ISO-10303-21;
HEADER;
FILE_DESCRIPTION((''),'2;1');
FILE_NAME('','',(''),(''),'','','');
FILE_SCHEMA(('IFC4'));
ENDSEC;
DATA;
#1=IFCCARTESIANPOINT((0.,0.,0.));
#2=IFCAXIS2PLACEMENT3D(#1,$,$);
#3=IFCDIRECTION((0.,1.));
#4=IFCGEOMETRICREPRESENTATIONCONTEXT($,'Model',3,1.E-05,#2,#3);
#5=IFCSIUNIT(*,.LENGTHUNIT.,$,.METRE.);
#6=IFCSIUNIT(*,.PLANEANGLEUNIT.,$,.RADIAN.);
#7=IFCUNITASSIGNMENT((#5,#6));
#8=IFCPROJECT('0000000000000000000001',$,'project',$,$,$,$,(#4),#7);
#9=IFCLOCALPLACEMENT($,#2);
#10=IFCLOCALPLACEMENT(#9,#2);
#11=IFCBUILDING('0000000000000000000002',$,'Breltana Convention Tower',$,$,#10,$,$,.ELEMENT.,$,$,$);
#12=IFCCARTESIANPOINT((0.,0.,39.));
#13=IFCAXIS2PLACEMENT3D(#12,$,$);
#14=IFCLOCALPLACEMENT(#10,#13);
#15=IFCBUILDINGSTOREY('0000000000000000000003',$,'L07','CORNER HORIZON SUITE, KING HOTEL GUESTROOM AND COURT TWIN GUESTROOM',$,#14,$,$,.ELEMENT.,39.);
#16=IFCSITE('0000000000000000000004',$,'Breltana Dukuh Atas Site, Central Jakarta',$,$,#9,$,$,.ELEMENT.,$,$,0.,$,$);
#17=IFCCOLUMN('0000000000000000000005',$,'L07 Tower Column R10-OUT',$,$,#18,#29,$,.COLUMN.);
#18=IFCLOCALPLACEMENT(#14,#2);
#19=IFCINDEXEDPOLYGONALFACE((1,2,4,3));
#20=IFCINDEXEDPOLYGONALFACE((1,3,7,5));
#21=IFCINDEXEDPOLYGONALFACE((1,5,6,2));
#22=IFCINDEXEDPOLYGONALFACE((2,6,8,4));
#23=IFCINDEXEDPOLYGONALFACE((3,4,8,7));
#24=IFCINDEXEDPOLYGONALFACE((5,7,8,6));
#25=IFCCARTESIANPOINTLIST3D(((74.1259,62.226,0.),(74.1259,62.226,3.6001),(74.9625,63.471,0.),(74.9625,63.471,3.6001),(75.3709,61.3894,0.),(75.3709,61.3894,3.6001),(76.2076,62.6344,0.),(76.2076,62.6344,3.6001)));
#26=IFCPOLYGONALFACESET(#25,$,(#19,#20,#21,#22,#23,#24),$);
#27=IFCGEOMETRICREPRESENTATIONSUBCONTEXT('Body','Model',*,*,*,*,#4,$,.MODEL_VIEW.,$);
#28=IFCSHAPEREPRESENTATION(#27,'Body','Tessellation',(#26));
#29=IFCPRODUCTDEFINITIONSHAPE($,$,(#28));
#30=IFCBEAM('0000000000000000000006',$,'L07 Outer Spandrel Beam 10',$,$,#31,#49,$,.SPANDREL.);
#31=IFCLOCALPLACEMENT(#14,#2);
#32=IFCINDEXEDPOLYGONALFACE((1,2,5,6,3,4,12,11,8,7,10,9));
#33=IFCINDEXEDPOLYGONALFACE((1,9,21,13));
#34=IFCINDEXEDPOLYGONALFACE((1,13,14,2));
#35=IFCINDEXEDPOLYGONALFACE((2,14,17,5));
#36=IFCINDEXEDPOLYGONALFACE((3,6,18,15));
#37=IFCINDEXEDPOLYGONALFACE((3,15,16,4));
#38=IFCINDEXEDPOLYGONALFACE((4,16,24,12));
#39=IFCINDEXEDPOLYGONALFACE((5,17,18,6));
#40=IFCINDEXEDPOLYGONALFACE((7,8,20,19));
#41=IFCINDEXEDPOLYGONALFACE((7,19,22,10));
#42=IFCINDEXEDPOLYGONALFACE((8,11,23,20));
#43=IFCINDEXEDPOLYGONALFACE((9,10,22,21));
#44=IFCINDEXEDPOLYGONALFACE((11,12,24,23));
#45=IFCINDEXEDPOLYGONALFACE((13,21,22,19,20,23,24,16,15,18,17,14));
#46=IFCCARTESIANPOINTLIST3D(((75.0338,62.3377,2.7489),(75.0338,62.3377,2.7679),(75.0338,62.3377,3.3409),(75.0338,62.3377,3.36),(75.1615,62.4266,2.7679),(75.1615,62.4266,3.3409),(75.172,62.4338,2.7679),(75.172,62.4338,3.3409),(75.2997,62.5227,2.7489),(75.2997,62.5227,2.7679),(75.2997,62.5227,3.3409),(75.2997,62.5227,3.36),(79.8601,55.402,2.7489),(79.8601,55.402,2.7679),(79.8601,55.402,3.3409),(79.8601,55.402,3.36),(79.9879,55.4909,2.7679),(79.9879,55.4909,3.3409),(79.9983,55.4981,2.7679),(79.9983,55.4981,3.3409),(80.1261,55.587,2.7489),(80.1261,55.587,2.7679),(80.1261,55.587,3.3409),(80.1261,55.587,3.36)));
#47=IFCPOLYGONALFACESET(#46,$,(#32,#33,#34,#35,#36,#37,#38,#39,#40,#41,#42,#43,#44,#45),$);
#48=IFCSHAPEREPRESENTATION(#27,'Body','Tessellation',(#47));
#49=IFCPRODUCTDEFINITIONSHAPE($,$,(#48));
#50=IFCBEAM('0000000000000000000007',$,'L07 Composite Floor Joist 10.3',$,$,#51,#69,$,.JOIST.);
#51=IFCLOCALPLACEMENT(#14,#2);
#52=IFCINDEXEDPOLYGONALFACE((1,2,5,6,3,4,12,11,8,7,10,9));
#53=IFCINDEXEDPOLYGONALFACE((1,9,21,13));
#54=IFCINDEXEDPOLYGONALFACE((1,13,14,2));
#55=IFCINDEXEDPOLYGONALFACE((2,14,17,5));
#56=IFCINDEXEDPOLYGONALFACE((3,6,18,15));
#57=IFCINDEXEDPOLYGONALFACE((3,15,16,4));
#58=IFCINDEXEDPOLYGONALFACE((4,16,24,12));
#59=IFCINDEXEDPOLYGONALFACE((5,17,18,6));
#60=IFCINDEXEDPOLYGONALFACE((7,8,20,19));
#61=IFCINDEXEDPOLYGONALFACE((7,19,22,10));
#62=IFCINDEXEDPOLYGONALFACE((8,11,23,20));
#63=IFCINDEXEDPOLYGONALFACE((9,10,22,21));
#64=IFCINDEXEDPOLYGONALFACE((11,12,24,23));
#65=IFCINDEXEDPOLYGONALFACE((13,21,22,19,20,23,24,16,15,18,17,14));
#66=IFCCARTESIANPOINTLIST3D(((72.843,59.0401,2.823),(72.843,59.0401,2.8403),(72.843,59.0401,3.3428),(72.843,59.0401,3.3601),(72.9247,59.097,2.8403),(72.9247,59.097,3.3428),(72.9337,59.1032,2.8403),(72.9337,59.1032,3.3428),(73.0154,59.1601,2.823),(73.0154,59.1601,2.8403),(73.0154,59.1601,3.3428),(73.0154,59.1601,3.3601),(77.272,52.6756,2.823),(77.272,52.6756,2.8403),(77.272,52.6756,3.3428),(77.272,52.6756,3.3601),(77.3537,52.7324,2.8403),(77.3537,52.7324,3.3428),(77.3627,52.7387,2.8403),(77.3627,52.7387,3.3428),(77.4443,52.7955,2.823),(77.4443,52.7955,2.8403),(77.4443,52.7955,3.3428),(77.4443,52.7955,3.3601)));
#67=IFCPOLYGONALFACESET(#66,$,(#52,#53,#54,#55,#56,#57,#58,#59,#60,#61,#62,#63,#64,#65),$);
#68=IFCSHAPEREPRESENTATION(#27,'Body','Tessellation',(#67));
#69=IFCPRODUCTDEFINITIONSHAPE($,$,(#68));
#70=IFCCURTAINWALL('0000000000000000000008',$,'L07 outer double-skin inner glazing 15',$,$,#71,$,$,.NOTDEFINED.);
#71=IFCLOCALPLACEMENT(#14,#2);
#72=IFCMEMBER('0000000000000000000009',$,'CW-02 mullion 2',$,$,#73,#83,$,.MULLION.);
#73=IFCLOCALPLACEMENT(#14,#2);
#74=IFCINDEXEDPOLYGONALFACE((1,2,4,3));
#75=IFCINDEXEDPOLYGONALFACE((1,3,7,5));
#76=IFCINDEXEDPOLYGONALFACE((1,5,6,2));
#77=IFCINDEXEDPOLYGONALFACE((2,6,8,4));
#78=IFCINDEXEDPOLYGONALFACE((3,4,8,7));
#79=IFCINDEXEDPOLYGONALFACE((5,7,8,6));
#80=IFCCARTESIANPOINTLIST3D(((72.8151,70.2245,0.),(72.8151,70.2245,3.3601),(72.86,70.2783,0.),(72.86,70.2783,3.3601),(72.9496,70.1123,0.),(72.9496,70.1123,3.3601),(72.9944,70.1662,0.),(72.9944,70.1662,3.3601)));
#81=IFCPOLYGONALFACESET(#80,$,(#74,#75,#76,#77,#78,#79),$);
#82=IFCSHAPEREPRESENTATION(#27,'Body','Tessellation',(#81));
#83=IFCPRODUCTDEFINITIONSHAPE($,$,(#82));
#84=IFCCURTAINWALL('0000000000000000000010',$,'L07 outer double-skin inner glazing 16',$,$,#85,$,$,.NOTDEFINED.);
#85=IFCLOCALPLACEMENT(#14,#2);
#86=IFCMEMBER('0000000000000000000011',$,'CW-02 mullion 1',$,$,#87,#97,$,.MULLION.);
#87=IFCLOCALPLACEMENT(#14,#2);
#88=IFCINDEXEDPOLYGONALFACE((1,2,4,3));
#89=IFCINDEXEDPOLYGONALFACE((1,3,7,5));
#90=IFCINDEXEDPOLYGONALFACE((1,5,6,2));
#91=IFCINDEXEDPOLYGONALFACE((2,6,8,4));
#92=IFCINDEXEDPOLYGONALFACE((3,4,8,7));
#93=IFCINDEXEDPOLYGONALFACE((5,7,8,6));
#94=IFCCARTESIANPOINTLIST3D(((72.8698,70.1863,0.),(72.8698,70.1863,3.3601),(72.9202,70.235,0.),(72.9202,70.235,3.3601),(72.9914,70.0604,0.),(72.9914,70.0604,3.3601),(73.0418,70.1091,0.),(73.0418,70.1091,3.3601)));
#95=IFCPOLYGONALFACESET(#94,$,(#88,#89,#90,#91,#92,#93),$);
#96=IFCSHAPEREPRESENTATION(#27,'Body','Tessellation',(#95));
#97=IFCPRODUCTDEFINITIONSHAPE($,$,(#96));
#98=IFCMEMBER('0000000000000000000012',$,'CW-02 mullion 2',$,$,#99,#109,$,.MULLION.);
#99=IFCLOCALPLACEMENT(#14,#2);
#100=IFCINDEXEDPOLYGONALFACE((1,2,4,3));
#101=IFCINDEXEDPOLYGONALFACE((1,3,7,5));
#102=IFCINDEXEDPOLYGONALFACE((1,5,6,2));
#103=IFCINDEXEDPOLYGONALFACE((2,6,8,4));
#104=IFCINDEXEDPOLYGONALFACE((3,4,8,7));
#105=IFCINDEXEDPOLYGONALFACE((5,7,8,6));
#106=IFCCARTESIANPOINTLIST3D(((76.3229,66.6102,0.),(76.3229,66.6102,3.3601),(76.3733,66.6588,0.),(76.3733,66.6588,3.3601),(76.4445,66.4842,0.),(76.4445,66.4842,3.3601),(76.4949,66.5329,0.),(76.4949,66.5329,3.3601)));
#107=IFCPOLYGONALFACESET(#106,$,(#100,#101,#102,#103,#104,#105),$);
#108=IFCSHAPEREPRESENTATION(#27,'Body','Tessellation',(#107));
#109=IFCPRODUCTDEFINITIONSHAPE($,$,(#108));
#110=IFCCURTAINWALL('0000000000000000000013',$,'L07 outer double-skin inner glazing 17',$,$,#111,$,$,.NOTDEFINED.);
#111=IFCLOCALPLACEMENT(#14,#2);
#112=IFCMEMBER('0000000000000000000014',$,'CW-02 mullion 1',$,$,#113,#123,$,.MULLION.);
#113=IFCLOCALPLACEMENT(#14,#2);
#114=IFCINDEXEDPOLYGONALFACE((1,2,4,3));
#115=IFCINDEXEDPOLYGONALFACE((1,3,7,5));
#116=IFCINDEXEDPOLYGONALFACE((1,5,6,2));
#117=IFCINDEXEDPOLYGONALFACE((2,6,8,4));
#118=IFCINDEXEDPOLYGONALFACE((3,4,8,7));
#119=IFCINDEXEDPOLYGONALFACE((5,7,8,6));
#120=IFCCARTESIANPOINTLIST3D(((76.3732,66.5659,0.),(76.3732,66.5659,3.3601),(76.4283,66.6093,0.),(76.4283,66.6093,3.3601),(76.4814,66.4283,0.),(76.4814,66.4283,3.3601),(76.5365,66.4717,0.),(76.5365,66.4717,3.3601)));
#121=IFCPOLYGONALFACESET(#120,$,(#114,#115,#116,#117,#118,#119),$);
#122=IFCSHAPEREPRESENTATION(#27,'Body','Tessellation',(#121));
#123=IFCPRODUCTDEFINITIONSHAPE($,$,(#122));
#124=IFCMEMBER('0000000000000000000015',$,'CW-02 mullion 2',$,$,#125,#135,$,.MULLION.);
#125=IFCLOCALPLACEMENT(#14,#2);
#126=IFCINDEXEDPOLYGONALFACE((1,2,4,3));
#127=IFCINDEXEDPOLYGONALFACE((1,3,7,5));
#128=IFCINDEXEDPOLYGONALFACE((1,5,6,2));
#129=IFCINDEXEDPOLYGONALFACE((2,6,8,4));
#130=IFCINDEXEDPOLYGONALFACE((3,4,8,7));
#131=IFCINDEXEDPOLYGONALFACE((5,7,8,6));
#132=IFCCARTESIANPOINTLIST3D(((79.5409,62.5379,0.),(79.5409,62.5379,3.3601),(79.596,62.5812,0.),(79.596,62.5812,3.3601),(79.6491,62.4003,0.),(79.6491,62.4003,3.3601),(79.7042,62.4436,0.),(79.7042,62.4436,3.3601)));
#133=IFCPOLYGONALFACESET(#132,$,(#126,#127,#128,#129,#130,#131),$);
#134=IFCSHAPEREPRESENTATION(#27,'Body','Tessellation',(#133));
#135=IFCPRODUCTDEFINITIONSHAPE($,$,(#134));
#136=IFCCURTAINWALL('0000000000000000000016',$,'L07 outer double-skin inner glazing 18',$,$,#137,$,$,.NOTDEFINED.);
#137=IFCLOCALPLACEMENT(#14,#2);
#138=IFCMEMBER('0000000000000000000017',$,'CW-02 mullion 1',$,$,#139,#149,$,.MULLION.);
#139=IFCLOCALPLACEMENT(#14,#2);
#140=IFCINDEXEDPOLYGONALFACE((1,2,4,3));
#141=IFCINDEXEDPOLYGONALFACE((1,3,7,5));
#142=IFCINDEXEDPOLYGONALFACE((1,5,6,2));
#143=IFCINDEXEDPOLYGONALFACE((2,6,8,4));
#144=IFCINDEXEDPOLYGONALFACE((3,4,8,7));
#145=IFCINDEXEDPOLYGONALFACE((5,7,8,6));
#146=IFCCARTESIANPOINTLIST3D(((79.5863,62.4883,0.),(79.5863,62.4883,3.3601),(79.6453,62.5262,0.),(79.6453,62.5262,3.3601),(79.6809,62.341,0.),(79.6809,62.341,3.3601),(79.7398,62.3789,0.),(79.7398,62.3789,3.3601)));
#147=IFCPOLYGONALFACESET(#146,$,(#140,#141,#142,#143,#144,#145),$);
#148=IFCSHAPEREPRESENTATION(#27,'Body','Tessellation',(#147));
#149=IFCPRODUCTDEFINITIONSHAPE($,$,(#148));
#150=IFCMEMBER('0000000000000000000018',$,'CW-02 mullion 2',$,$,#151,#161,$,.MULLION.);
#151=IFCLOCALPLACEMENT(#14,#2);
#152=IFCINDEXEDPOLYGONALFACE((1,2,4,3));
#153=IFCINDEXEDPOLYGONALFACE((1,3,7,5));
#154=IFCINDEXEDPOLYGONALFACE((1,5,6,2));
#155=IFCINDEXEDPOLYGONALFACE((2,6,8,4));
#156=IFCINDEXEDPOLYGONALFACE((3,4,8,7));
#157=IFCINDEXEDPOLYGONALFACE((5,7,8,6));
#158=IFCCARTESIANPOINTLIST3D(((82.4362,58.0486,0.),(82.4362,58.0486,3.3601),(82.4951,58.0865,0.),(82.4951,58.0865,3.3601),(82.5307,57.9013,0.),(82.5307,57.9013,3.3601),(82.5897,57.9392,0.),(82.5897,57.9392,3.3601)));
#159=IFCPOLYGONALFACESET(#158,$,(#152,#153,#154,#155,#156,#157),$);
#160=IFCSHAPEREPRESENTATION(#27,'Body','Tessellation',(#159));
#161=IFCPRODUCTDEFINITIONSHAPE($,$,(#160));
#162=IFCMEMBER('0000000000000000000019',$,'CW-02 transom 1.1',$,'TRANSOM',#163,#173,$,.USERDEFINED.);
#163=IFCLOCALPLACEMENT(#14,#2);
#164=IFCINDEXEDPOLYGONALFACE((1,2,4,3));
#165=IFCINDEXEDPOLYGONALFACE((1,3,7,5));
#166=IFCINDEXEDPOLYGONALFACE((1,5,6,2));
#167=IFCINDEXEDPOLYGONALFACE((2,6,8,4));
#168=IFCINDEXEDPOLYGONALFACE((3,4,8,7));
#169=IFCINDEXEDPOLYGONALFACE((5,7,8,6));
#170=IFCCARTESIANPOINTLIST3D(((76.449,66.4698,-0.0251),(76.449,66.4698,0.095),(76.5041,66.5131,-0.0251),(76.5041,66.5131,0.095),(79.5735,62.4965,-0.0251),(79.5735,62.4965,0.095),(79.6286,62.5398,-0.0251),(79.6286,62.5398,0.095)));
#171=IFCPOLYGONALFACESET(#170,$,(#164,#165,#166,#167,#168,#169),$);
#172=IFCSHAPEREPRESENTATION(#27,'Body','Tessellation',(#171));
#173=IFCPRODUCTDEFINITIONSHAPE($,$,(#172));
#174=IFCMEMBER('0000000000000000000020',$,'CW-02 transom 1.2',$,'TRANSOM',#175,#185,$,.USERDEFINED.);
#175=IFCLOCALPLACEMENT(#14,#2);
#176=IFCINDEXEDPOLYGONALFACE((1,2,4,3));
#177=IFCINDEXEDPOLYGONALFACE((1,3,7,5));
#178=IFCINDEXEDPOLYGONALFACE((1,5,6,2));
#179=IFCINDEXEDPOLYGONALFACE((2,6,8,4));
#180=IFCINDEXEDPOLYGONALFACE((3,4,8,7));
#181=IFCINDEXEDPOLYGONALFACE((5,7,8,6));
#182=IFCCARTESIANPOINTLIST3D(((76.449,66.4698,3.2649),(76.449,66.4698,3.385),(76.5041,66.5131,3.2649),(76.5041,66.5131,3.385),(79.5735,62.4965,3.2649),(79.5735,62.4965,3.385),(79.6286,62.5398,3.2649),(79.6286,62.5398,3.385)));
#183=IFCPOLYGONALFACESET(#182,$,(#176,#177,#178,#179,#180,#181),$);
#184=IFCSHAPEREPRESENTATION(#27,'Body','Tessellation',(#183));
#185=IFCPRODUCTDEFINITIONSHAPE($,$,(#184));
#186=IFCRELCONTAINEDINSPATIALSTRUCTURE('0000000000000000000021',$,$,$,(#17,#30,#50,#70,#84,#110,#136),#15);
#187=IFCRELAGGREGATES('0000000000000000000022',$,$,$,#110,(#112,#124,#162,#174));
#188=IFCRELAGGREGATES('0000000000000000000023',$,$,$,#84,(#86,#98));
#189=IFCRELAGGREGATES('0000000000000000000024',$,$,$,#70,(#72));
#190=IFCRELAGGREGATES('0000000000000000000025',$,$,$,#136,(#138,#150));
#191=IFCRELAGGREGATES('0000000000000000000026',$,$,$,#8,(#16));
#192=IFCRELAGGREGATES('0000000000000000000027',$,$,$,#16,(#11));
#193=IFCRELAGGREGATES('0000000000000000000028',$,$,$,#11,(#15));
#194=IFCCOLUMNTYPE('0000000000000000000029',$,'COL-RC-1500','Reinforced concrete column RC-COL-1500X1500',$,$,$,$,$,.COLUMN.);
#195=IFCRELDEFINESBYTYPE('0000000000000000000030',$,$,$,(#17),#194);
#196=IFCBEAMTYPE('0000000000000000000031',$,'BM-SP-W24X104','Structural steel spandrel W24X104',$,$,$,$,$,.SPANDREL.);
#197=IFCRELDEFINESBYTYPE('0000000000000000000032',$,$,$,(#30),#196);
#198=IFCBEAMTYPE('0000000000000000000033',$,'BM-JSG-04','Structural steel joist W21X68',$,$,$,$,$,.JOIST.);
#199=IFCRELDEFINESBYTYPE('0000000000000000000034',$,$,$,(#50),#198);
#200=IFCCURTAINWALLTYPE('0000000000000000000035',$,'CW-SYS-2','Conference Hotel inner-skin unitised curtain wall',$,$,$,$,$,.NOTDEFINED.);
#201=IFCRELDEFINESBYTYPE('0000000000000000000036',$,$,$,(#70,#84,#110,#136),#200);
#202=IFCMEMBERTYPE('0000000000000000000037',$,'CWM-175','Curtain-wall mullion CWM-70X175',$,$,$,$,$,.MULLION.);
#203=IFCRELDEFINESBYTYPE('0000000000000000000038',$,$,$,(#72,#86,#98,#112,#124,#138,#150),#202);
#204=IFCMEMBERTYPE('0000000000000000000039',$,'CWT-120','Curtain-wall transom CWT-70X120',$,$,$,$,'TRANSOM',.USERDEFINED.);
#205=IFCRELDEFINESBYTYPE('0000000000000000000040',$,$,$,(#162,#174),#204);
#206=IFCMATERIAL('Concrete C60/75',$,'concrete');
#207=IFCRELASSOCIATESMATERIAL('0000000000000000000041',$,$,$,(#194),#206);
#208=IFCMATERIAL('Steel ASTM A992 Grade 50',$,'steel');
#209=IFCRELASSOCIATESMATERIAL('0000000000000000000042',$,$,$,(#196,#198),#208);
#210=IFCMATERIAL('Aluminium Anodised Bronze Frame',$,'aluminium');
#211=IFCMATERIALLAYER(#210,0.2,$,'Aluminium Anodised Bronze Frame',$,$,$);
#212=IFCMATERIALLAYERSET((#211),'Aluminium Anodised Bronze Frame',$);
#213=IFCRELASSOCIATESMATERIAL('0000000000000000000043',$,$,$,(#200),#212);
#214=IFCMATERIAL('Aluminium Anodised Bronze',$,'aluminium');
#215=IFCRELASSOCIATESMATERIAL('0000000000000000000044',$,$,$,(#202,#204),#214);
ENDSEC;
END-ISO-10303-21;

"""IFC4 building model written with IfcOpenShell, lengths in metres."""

from ifc_helpers import new_model, si_unit, direction, frame, origin, origin_2d, place, context, subcontext, project, spatial, rectangle, i_section, extrude, source, transform, mapped, material, layer, layer_set, material_profile, profile_set, type_object, type_shapes, element, aggregate, save


model = new_model("IFC4")

# Units and contexts
model_context = context("Model", 3, precision=1e-05, world=origin(), true_north=direction((0.0, 1.0)))
body_context = subcontext(model_context, "Body", "Model", "MODEL_VIEW")
ifc_project = project(units=[si_unit("LENGTHUNIT", "METRE"), si_unit("PLANEANGLEUNIT", "RADIAN")], contexts=[model_context])

# Site, building, storey
site_placement = place(None, origin())
site = spatial("IfcSite", under=ifc_project, at=site_placement, Name="Breltana Dukuh Atas Site, Central Jakarta", CompositionType="ELEMENT", RefElevation=0.0)
building_placement = place(site_placement, origin())
building = spatial("IfcBuilding", under=site, at=building_placement, Name="Breltana Convention Tower", CompositionType="ELEMENT")
storey_placement = place(building_placement, frame((0.0, 0.0, 39.0)))
storey = spatial("IfcBuildingStorey", under=building, at=storey_placement, Name="L07", Description="CORNER HORIZON SUITE, KING HOTEL GUESTROOM AND COURT TWIN GUESTROOM", CompositionType="ELEMENT", Elevation=39.0)

# Column
ifc_material_1 = material(Name="Concrete C60/75", Category="concrete")
ifc_material_profile_1 = material_profile(ifc_material_1, rectangle(XDim=1.5, YDim=1.5, at=origin_2d()), Name="RC-COL-1500X1500")
ifc_profile_set_1 = profile_set([ifc_material_profile_1], Name="Concrete C60/75")
column_type = type_object("IfcColumnType", Name="COL-RC-1500", Description="Reinforced concrete column RC-COL-1500X1500", PredefinedType="COLUMN", material=ifc_profile_set_1)
shared_shape_1 = source(origin(), body_context, "Body", "SweptSolid", [
    extrude(rectangle(XDim=1.5, YDim=1.5, at=origin_2d()), origin(), (0.0, 0.0, 1.0), 3.6001),
])
column_placement = place(storey_placement, frame((75.1667, 62.4302, 0.0), z_axis=(0.0, 0.0, 1.0), x_axis=(0.557745, 0.830012, 0.0)))
element("IfcColumn", 1, at=column_placement, inside=storey, type_object=column_type, Name="L07 Tower Column R10-OUT", PredefinedType="COLUMN", context=body_context, shape_type="MappedRepresentation", body=[
    mapped(shared_shape_1, transform((0.0, 0.0, 0.0), scale=1.0)),
])

# Beams
ifc_material_2 = material(Name="Steel ASTM A992 Grade 50", Category="steel")
ifc_material_profile_2 = material_profile(ifc_material_2, i_section(OverallWidth=0.324, OverallDepth=0.6111, WebThickness=0.0127, FlangeThickness=0.019, at=origin_2d()), Name="W24X104")
ifc_profile_set_2 = profile_set([ifc_material_profile_2], Name="Steel ASTM A992 Grade 50")
beam_type_1 = type_object("IfcBeamType", Name="BM-SP-W24X104", Description="Structural steel spandrel W24X104", PredefinedType="SPANDREL", material=ifc_profile_set_2)
shared_shape_2 = source(origin(), body_context, "Body", "SweptSolid", [
    extrude(i_section(OverallWidth=0.324, OverallDepth=0.6111, WebThickness=0.0127, FlangeThickness=0.019, at=origin_2d()), origin(), (0.0, 0.0, 1.0), 8.4497),
])
beam_1_placement = place(storey_placement, frame((75.1667, 62.4302, 3.0544), z_axis=(0.571186, -0.820821, 0.0), x_axis=(0.820821, 0.571186, 0.0)))
element("IfcBeam", 2, at=beam_1_placement, inside=storey, type_object=beam_type_1, Name="L07 Outer Spandrel Beam 10", PredefinedType="SPANDREL", context=body_context, shape_type="MappedRepresentation", body=[
    mapped(shared_shape_2, transform((0.0, 0.0, 0.0), scale=1.0)),
])
ifc_material_profile_3 = material_profile(ifc_material_2, i_section(OverallWidth=0.21, OverallDepth=0.5371, WebThickness=0.011, FlangeThickness=0.0173, at=origin_2d()), Name="W21X68")
ifc_profile_set_3 = profile_set([ifc_material_profile_3], Name="Steel ASTM A992 Grade 50")
beam_type_2 = type_object("IfcBeamType", Name="BM-JSG-04", Description="Structural steel joist W21X68", PredefinedType="JOIST", material=ifc_profile_set_3)
shared_shape_3 = source(origin(), body_context, "Body", "SweptSolid", [
    extrude(i_section(OverallWidth=0.21, OverallDepth=0.5371, WebThickness=0.011, FlangeThickness=0.0173, at=origin_2d()), origin(), (0.0, 0.0, 1.0), 7.7539),
])
beam_2_placement = place(storey_placement, frame((72.9292, 59.1001, 3.0916), z_axis=(0.571193, -0.820816, 0.0), x_axis=(0.820816, 0.571193, 0.0)))
element("IfcBeam", 3, at=beam_2_placement, inside=storey, type_object=beam_type_2, Name="L07 Composite Floor Joist 10.3", PredefinedType="JOIST", context=body_context, shape_type="MappedRepresentation", body=[
    mapped(shared_shape_3, transform((0.0, 0.0, 0.0), scale=1.0)),
])

# Curtain wall, member
ifc_material_3 = material(Name="Aluminium Anodised Bronze Frame", Category="aluminium")
ifc_layer_1 = layer(ifc_material_3, 0.2, Name="Aluminium Anodised Bronze Frame")
ifc_layer_set_1 = layer_set([ifc_layer_1], Name="Aluminium Anodised Bronze Frame")
curtain_wall_type = type_object("IfcCurtainWallType", Name="CW-SYS-2", Description="Conference Hotel inner-skin unitised curtain wall", PredefinedType="NOTDEFINED", material=ifc_layer_set_1)
curtain_wall_1_placement = place(storey_placement, origin())
curtain_wall_1 = element("IfcCurtainWall", 4, at=curtain_wall_1_placement, inside=storey, type_object=curtain_wall_type, Name="L07 outer double-skin inner glazing 15", PredefinedType="NOTDEFINED")
ifc_material_4 = material(Name="Aluminium Anodised Bronze", Category="aluminium")
ifc_material_profile_4 = material_profile(ifc_material_4, rectangle(XDim=0.0701, YDim=0.175, at=origin_2d()), Name="CWM-70X175")
ifc_profile_set_4 = profile_set([ifc_material_profile_4], Name="Aluminium Anodised Bronze")
member_type_1 = type_object("IfcMemberType", Name="CWM-175", Description="Curtain-wall mullion CWM-70X175", PredefinedType="MULLION", material=ifc_profile_set_4)
shared_shape_4 = source(origin(), body_context, "Body", "SweptSolid", [
    extrude(rectangle(XDim=0.0701, YDim=0.175, at=origin_2d()), origin(), (0.0, 0.0, 1.0), 3.3601),
])
type_shapes(member_type_1, [shared_shape_4])
member_1_placement = place(storey_placement, frame((72.9048, 70.1953, 0.0), z_axis=(0.0, 0.0, 1.0), x_axis=(0.64052, 0.767941, 0.0)))
member_1 = element("IfcMember", 5, at=member_1_placement, type_object=member_type_1, Name="CW-02 mullion 2", PredefinedType="MULLION", context=body_context, shape_type="MappedRepresentation", body=[
    mapped(shared_shape_4, transform((0.0, 0.0, 0.0), scale=1.0)),
])

# Curtain walls, members
curtain_wall_2_placement = place(storey_placement, origin())
curtain_wall_2 = element("IfcCurtainWall", 6, at=curtain_wall_2_placement, inside=storey, type_object=curtain_wall_type, Name="L07 outer double-skin inner glazing 16", PredefinedType="NOTDEFINED")
member_2_placement = place(storey_placement, frame((72.9558, 70.1477, 0.0), z_axis=(0.0, 0.0, 1.0), x_axis=(0.719386, 0.69461, 0.0)))
member_2 = element("IfcMember", 7, at=member_2_placement, type_object=member_type_1, Name="CW-02 mullion 1", PredefinedType="MULLION", context=body_context, shape_type="MappedRepresentation", body=[
    mapped(shared_shape_4, transform((0.0, 0.0, 0.0), scale=1.0)),
])
member_3_placement = place(storey_placement, frame((76.4089, 66.5715, 0.0), z_axis=(0.0, 0.0, 1.0), x_axis=(0.719386, 0.69461, 0.0)))
member_3 = element("IfcMember", 8, at=member_3_placement, type_object=member_type_1, Name="CW-02 mullion 2", PredefinedType="MULLION", context=body_context, shape_type="MappedRepresentation", body=[
    mapped(shared_shape_4, transform((0.0, 0.0, 0.0), scale=1.0)),
])
curtain_wall_3_placement = place(storey_placement, origin())
curtain_wall_3 = element("IfcCurtainWall", 9, at=curtain_wall_3_placement, inside=storey, type_object=curtain_wall_type, Name="L07 outer double-skin inner glazing 17", PredefinedType="NOTDEFINED")
member_4_placement = place(storey_placement, frame((76.4548, 66.5188, 0.0), z_axis=(0.0, 0.0, 1.0), x_axis=(0.786057, 0.618154, 0.0)))
member_4 = element("IfcMember", 10, at=member_4_placement, type_object=member_type_1, Name="CW-02 mullion 1", PredefinedType="MULLION", context=body_context, shape_type="MappedRepresentation", body=[
    mapped(shared_shape_4, transform((0.0, 0.0, 0.0), scale=1.0)),
])
member_5_placement = place(storey_placement, frame((79.6226, 62.4907, 0.0), z_axis=(0.0, 0.0, 1.0), x_axis=(0.786057, 0.618154, 0.0)))
member_5 = element("IfcMember", 11, at=member_5_placement, type_object=member_type_1, Name="CW-02 mullion 2", PredefinedType="MULLION", context=body_context, shape_type="MappedRepresentation", body=[
    mapped(shared_shape_4, transform((0.0, 0.0, 0.0), scale=1.0)),
])
curtain_wall_4_placement = place(storey_placement, origin())
curtain_wall_4 = element("IfcCurtainWall", 12, at=curtain_wall_4_placement, inside=storey, type_object=curtain_wall_type, Name="L07 outer double-skin inner glazing 18", PredefinedType="NOTDEFINED")
member_6_placement = place(storey_placement, frame((79.6631, 62.4336, 0.0), z_axis=(0.0, 0.0, 1.0), x_axis=(0.841549, 0.540181, 0.0)))
member_6 = element("IfcMember", 13, at=member_6_placement, type_object=member_type_1, Name="CW-02 mullion 1", PredefinedType="MULLION", context=body_context, shape_type="MappedRepresentation", body=[
    mapped(shared_shape_4, transform((0.0, 0.0, 0.0), scale=1.0)),
])
member_7_placement = place(storey_placement, frame((82.5129, 57.9939, 0.0), z_axis=(0.0, 0.0, 1.0), x_axis=(0.841549, 0.540181, 0.0)))
member_7 = element("IfcMember", 14, at=member_7_placement, type_object=member_type_1, Name="CW-02 mullion 2", PredefinedType="MULLION", context=body_context, shape_type="MappedRepresentation", body=[
    mapped(shared_shape_4, transform((0.0, 0.0, 0.0), scale=1.0)),
])

# Members
ifc_material_profile_5 = material_profile(ifc_material_4, rectangle(XDim=0.0701, YDim=0.1201, at=origin_2d()), Name="CWT-70X120")
ifc_profile_set_5 = profile_set([ifc_material_profile_5], Name="Aluminium Anodised Bronze")
member_type_2 = type_object("IfcMemberType", Name="CWT-120", Description="Curtain-wall transom CWT-70X120", ElementType="TRANSOM", PredefinedType="USERDEFINED", material=ifc_profile_set_5)
shared_shape_5 = source(origin(), body_context, "Body", "SweptSolid", [
    extrude(rectangle(XDim=0.0701, YDim=0.1201, at=origin_2d()), origin(), (0.0, 0.0, 1.0), 5.0547),
])
member_8_placement = place(storey_placement, frame((76.4766, 66.4915, 0.0349), z_axis=(0.618135, -0.786072, 0.0), x_axis=(0.786072, 0.618135, 0.0)))
member_8 = element("IfcMember", 15, at=member_8_placement, type_object=member_type_2, Name="CW-02 transom 1.1", ObjectType="TRANSOM", PredefinedType="USERDEFINED", context=body_context, shape_type="MappedRepresentation", body=[
    mapped(shared_shape_5, transform((0.0, 0.0, 0.0), scale=1.0)),
])
member_9_placement = place(storey_placement, frame((76.4766, 66.4915, 3.325), z_axis=(0.618135, -0.786072, 0.0), x_axis=(0.786072, 0.618135, 0.0)))
member_9 = element("IfcMember", 16, at=member_9_placement, type_object=member_type_2, Name="CW-02 transom 1.2", ObjectType="TRANSOM", PredefinedType="USERDEFINED", context=body_context, shape_type="MappedRepresentation", body=[
    mapped(shared_shape_5, transform((0.0, 0.0, 0.0), scale=1.0)),
])

aggregate(curtain_wall_3, [member_4, member_5, member_8, member_9])
aggregate(curtain_wall_2, [member_2, member_3])
aggregate(curtain_wall_1, [member_1])
aggregate(curtain_wall_4, [member_6, member_7])

save(model, "model.ifc")
